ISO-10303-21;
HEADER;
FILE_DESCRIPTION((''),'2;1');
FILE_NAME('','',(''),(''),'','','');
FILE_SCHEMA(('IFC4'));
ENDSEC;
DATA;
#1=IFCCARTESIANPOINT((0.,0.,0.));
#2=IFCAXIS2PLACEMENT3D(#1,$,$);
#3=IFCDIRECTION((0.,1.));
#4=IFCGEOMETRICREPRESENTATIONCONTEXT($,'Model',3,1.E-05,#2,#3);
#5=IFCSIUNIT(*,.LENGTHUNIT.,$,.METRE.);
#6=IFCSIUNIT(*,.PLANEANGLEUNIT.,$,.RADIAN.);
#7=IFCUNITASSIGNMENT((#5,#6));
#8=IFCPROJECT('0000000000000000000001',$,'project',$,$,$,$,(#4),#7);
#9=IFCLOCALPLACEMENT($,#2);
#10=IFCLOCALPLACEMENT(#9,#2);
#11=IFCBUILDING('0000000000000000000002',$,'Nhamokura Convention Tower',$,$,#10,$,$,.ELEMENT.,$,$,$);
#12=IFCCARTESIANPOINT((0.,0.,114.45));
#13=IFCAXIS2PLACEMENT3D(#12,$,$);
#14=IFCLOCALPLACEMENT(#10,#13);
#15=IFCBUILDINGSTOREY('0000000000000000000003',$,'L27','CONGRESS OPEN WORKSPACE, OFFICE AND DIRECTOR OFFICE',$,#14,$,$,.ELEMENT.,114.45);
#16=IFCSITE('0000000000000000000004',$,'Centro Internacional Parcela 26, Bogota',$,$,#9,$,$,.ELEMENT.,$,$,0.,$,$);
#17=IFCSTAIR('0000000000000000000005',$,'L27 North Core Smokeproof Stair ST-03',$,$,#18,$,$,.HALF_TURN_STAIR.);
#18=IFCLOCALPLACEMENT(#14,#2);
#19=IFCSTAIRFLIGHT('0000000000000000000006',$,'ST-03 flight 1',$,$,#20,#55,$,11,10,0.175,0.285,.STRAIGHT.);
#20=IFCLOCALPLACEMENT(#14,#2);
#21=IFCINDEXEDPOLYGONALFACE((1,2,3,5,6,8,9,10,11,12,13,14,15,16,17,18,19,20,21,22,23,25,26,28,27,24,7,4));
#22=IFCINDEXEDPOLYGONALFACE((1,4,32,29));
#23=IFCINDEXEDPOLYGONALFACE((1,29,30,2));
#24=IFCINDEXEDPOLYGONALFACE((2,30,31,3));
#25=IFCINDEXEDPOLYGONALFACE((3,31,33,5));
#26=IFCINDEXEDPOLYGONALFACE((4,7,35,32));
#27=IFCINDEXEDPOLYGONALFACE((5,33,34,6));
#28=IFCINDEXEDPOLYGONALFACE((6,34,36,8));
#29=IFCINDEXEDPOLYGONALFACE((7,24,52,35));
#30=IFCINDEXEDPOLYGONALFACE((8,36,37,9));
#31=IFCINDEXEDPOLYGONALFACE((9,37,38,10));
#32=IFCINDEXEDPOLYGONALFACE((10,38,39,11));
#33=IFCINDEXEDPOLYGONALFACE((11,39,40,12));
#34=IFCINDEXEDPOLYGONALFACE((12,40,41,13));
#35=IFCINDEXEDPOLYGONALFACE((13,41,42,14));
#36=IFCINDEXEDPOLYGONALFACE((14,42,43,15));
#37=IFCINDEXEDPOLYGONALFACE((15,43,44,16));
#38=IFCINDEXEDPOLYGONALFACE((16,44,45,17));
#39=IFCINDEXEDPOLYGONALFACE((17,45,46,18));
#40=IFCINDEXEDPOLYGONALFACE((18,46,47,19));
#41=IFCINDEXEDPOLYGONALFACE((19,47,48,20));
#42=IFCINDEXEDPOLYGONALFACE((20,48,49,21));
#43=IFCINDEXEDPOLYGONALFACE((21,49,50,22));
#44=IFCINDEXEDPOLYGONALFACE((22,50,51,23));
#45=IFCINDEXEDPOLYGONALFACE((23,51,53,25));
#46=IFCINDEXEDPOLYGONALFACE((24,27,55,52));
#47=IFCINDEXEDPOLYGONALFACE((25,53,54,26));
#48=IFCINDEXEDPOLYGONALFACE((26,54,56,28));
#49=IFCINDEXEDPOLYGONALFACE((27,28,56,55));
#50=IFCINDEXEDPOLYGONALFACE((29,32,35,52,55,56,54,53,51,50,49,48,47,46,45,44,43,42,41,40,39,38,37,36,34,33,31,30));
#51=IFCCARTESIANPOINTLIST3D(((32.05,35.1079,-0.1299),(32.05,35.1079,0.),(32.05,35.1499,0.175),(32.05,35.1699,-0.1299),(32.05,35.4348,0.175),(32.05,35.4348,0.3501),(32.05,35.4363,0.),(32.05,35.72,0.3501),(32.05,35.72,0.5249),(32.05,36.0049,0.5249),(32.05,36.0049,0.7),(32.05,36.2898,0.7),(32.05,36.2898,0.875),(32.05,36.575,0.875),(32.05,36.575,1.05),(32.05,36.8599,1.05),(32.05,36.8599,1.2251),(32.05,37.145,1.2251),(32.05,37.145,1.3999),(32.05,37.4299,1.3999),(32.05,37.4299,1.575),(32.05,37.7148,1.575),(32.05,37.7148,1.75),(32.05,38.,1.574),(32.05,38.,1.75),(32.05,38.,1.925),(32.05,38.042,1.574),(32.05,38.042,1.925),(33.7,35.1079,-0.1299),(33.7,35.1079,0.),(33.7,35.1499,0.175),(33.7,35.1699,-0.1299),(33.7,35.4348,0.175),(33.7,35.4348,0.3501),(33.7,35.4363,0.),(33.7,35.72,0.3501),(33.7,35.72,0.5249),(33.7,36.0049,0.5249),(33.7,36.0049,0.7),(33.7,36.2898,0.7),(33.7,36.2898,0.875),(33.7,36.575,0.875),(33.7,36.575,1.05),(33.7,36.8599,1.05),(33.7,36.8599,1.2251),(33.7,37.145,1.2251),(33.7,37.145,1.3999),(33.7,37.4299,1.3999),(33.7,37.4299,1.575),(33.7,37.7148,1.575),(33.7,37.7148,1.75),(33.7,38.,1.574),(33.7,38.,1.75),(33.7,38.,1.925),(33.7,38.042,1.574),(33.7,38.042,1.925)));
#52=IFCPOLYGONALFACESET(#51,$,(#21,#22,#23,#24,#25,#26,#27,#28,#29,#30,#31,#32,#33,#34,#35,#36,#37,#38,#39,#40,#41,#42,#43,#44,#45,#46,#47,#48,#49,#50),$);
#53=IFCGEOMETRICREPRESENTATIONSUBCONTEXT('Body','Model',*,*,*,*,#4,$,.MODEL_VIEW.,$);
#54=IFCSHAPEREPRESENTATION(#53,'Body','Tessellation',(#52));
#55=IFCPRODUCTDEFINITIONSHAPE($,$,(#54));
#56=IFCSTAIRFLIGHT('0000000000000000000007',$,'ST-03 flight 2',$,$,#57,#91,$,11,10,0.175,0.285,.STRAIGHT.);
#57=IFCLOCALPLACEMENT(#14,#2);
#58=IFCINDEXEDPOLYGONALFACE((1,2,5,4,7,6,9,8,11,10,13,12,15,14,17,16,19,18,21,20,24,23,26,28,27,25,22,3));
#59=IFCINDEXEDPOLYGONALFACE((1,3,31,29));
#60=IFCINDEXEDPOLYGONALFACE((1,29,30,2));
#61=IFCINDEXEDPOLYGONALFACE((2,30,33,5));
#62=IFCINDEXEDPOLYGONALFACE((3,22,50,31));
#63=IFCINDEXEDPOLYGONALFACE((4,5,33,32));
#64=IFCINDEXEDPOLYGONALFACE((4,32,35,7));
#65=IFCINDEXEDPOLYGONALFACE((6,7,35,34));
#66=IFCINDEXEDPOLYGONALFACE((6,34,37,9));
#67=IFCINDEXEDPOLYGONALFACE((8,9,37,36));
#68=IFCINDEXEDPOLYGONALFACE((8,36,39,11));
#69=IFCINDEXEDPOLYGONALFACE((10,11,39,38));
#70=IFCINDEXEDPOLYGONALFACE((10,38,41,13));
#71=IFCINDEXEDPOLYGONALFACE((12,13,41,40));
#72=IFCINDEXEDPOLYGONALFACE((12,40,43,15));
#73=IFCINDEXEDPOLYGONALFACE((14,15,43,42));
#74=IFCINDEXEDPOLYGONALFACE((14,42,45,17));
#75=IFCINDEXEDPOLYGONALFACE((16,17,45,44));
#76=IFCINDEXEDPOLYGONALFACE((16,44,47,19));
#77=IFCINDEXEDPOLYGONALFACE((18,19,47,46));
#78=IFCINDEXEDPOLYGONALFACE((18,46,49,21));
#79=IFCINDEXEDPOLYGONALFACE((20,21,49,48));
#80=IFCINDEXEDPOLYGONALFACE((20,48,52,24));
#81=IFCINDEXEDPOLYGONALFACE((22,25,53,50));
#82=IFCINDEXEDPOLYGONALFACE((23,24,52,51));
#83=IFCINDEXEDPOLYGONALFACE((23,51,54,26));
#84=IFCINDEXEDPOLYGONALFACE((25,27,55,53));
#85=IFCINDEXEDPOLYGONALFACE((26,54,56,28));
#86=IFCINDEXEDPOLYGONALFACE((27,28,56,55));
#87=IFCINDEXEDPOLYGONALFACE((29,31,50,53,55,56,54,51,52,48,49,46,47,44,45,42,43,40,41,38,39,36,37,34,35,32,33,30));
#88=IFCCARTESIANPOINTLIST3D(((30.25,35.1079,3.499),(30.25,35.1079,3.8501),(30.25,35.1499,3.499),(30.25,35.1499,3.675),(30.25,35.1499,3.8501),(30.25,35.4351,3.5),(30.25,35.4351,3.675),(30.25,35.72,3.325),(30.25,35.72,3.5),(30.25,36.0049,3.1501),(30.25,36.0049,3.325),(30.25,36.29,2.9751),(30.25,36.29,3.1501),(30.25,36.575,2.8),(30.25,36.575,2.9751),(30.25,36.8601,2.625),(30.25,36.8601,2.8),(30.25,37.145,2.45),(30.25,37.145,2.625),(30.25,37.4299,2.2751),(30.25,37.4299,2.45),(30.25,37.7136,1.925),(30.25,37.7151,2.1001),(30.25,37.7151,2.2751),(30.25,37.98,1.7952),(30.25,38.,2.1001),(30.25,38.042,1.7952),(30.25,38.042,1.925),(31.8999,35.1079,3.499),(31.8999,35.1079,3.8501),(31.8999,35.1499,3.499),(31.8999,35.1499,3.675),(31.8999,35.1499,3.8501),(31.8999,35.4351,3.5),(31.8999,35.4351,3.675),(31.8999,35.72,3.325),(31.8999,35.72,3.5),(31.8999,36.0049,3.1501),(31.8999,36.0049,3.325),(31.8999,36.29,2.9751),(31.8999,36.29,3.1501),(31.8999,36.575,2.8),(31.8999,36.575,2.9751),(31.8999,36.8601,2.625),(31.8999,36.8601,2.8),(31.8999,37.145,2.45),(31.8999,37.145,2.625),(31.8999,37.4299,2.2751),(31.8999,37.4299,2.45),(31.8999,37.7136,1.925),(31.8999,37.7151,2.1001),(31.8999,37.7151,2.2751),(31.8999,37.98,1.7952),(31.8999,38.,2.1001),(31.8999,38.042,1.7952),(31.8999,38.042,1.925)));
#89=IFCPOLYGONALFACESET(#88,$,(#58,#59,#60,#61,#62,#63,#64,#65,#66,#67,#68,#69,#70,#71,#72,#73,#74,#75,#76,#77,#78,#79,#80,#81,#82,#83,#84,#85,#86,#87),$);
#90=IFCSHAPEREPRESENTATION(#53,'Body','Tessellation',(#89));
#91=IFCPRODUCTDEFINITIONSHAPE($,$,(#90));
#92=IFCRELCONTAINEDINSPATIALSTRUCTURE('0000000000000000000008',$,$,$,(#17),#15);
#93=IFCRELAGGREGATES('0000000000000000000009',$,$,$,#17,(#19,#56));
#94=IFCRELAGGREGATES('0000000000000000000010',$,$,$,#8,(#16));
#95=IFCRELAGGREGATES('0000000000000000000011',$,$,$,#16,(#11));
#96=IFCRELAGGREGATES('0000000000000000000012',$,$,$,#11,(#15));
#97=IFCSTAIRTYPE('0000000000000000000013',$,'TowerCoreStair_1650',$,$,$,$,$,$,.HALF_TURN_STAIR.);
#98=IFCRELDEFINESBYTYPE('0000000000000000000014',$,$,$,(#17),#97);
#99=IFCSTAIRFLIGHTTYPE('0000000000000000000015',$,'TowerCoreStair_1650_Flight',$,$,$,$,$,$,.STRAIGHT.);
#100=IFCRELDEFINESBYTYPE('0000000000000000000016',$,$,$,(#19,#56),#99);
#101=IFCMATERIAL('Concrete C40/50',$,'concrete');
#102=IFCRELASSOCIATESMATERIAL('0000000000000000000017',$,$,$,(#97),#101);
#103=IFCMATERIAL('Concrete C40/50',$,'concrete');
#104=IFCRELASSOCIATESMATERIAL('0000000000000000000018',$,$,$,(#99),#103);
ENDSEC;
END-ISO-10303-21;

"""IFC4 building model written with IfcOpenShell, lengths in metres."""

from ifc_helpers import new_model, si_unit, direction, frame, origin, place, context, subcontext, project, spatial, polyline, outline, extrude, material, type_object, element, aggregate, save


model = new_model("IFC4")

# Units and contexts
model_context = context("Model", 3, precision=1e-05, world=origin(), true_north=direction((0.0, 1.0)))
body_context = subcontext(model_context, "Body", "Model", "MODEL_VIEW")
ifc_project = project(units=[si_unit("LENGTHUNIT", "METRE"), si_unit("PLANEANGLEUNIT", "RADIAN")], contexts=[model_context])

# Site, building, storey
site_placement = place(None, origin())
site = spatial("IfcSite", under=ifc_project, at=site_placement, Name="Centro Internacional Parcela 26, Bogota", CompositionType="ELEMENT", RefElevation=0.0)
building_placement = place(site_placement, origin())
building = spatial("IfcBuilding", under=site, at=building_placement, Name="Nhamokura Convention Tower", CompositionType="ELEMENT")
storey_placement = place(building_placement, frame((0.0, 0.0, 114.45)))
storey = spatial("IfcBuildingStorey", under=building, at=storey_placement, Name="L27", Description="CONGRESS OPEN WORKSPACE, OFFICE AND DIRECTOR OFFICE", CompositionType="ELEMENT", Elevation=114.45)

# Stair, stair flights
ifc_material_1 = material(Name="Concrete C40/50", Category="concrete")
stair_type = type_object("IfcStairType", Name="TowerCoreStair_1650", PredefinedType="HALF_TURN_STAIR", material=ifc_material_1)
stair_placement = place(storey_placement, origin())
stair = element("IfcStair", 1, at=stair_placement, inside=storey, type_object=stair_type, Name="L27 North Core Smokeproof Stair ST-03", PredefinedType="HALF_TURN_STAIR")
ifc_material_2 = material(Name="Concrete C40/50", Category="concrete")
stair_flight_type = type_object("IfcStairFlightType", Name="TowerCoreStair_1650_Flight", PredefinedType="STRAIGHT", material=ifc_material_2)
stair_flight_1_placement = place(storey_placement, frame((32.875, 35.1499, 0.0), z_axis=(0.0, 0.0, 1.0), x_axis=(0.0, 1.0, 0.0)))
stair_flight_1 = element("IfcStairFlight", 2, at=stair_flight_1_placement, type_object=stair_flight_type, Name="ST-03 flight 1", NumberOfRisers=11, NumberOfTreads=10, PredefinedType="STRAIGHT", RiserHeight=0.175, TreadLength=0.285, context=body_context, shape_type="SweptSolid", body=[
    extrude(outline(polyline([(-0.042, 0.0), (0.0, 0.175), (0.2849, 0.175), (0.2849, 0.3501), (0.5701, 0.3501), (0.5701, 0.5249), (0.855, 0.5249), (0.855, 0.7), (1.1399, 0.7), (1.1399, 0.875), (1.425, 0.875), (1.425, 1.05), (1.71, 1.05), (1.71, 1.2251), (1.9951, 1.2251), (1.9951, 1.3999), (2.28, 1.3999), (2.28, 1.575), (2.5649, 1.575), (2.5649, 1.75), (2.8501, 1.75), (2.8501, 1.925), (2.8921, 1.925), (2.8921, 1.574), (2.8501, 1.574), (0.2864, 0.0), (0.02, -0.1299), (-0.042, -0.1299), (-0.042, 0.0)])), frame((0.0, 0.825, 0.0), z_axis=(0.0, -1.0, 0.0), x_axis=(1.0, 0.0, 0.0)), (0.0, 0.0, 1.0), 1.6499),
])
stair_flight_2_placement = place(storey_placement, frame((31.075, 38.0, 1.925), z_axis=(0.0, 0.0, 1.0), x_axis=(0.0, -1.0, 0.0)))
stair_flight_2 = element("IfcStairFlight", 3, at=stair_flight_2_placement, type_object=stair_flight_type, Name="ST-03 flight 2", NumberOfRisers=11, NumberOfTreads=10, PredefinedType="STRAIGHT", RiserHeight=0.175, TreadLength=0.285, context=body_context, shape_type="SweptSolid", body=[
    extrude(outline(polyline([(-0.042, 0.0), (0.0, 0.175), (0.2849, 0.175), (0.2849, 0.3501), (0.5701, 0.3501), (0.5701, 0.5249), (0.855, 0.5249), (0.855, 0.7), (1.1399, 0.7), (1.1399, 0.875), (1.425, 0.875), (1.425, 1.05), (1.71, 1.05), (1.71, 1.2251), (1.9951, 1.2251), (1.9951, 1.3999), (2.28, 1.3999), (2.28, 1.575), (2.5649, 1.575), (2.5649, 1.75), (2.8501, 1.75), (2.8501, 1.925), (2.8921, 1.925), (2.8921, 1.574), (2.8501, 1.574), (0.2864, 0.0), (0.02, -0.1299), (-0.042, -0.1299), (-0.042, 0.0)])), frame((0.0, 0.825, 0.0), z_axis=(0.0, -1.0, 0.0), x_axis=(1.0, 0.0, 0.0)), (0.0, 0.0, 1.0), 1.6499),
])
aggregate(stair, [stair_flight_1, stair_flight_2])

save(model, "model.ifc")
